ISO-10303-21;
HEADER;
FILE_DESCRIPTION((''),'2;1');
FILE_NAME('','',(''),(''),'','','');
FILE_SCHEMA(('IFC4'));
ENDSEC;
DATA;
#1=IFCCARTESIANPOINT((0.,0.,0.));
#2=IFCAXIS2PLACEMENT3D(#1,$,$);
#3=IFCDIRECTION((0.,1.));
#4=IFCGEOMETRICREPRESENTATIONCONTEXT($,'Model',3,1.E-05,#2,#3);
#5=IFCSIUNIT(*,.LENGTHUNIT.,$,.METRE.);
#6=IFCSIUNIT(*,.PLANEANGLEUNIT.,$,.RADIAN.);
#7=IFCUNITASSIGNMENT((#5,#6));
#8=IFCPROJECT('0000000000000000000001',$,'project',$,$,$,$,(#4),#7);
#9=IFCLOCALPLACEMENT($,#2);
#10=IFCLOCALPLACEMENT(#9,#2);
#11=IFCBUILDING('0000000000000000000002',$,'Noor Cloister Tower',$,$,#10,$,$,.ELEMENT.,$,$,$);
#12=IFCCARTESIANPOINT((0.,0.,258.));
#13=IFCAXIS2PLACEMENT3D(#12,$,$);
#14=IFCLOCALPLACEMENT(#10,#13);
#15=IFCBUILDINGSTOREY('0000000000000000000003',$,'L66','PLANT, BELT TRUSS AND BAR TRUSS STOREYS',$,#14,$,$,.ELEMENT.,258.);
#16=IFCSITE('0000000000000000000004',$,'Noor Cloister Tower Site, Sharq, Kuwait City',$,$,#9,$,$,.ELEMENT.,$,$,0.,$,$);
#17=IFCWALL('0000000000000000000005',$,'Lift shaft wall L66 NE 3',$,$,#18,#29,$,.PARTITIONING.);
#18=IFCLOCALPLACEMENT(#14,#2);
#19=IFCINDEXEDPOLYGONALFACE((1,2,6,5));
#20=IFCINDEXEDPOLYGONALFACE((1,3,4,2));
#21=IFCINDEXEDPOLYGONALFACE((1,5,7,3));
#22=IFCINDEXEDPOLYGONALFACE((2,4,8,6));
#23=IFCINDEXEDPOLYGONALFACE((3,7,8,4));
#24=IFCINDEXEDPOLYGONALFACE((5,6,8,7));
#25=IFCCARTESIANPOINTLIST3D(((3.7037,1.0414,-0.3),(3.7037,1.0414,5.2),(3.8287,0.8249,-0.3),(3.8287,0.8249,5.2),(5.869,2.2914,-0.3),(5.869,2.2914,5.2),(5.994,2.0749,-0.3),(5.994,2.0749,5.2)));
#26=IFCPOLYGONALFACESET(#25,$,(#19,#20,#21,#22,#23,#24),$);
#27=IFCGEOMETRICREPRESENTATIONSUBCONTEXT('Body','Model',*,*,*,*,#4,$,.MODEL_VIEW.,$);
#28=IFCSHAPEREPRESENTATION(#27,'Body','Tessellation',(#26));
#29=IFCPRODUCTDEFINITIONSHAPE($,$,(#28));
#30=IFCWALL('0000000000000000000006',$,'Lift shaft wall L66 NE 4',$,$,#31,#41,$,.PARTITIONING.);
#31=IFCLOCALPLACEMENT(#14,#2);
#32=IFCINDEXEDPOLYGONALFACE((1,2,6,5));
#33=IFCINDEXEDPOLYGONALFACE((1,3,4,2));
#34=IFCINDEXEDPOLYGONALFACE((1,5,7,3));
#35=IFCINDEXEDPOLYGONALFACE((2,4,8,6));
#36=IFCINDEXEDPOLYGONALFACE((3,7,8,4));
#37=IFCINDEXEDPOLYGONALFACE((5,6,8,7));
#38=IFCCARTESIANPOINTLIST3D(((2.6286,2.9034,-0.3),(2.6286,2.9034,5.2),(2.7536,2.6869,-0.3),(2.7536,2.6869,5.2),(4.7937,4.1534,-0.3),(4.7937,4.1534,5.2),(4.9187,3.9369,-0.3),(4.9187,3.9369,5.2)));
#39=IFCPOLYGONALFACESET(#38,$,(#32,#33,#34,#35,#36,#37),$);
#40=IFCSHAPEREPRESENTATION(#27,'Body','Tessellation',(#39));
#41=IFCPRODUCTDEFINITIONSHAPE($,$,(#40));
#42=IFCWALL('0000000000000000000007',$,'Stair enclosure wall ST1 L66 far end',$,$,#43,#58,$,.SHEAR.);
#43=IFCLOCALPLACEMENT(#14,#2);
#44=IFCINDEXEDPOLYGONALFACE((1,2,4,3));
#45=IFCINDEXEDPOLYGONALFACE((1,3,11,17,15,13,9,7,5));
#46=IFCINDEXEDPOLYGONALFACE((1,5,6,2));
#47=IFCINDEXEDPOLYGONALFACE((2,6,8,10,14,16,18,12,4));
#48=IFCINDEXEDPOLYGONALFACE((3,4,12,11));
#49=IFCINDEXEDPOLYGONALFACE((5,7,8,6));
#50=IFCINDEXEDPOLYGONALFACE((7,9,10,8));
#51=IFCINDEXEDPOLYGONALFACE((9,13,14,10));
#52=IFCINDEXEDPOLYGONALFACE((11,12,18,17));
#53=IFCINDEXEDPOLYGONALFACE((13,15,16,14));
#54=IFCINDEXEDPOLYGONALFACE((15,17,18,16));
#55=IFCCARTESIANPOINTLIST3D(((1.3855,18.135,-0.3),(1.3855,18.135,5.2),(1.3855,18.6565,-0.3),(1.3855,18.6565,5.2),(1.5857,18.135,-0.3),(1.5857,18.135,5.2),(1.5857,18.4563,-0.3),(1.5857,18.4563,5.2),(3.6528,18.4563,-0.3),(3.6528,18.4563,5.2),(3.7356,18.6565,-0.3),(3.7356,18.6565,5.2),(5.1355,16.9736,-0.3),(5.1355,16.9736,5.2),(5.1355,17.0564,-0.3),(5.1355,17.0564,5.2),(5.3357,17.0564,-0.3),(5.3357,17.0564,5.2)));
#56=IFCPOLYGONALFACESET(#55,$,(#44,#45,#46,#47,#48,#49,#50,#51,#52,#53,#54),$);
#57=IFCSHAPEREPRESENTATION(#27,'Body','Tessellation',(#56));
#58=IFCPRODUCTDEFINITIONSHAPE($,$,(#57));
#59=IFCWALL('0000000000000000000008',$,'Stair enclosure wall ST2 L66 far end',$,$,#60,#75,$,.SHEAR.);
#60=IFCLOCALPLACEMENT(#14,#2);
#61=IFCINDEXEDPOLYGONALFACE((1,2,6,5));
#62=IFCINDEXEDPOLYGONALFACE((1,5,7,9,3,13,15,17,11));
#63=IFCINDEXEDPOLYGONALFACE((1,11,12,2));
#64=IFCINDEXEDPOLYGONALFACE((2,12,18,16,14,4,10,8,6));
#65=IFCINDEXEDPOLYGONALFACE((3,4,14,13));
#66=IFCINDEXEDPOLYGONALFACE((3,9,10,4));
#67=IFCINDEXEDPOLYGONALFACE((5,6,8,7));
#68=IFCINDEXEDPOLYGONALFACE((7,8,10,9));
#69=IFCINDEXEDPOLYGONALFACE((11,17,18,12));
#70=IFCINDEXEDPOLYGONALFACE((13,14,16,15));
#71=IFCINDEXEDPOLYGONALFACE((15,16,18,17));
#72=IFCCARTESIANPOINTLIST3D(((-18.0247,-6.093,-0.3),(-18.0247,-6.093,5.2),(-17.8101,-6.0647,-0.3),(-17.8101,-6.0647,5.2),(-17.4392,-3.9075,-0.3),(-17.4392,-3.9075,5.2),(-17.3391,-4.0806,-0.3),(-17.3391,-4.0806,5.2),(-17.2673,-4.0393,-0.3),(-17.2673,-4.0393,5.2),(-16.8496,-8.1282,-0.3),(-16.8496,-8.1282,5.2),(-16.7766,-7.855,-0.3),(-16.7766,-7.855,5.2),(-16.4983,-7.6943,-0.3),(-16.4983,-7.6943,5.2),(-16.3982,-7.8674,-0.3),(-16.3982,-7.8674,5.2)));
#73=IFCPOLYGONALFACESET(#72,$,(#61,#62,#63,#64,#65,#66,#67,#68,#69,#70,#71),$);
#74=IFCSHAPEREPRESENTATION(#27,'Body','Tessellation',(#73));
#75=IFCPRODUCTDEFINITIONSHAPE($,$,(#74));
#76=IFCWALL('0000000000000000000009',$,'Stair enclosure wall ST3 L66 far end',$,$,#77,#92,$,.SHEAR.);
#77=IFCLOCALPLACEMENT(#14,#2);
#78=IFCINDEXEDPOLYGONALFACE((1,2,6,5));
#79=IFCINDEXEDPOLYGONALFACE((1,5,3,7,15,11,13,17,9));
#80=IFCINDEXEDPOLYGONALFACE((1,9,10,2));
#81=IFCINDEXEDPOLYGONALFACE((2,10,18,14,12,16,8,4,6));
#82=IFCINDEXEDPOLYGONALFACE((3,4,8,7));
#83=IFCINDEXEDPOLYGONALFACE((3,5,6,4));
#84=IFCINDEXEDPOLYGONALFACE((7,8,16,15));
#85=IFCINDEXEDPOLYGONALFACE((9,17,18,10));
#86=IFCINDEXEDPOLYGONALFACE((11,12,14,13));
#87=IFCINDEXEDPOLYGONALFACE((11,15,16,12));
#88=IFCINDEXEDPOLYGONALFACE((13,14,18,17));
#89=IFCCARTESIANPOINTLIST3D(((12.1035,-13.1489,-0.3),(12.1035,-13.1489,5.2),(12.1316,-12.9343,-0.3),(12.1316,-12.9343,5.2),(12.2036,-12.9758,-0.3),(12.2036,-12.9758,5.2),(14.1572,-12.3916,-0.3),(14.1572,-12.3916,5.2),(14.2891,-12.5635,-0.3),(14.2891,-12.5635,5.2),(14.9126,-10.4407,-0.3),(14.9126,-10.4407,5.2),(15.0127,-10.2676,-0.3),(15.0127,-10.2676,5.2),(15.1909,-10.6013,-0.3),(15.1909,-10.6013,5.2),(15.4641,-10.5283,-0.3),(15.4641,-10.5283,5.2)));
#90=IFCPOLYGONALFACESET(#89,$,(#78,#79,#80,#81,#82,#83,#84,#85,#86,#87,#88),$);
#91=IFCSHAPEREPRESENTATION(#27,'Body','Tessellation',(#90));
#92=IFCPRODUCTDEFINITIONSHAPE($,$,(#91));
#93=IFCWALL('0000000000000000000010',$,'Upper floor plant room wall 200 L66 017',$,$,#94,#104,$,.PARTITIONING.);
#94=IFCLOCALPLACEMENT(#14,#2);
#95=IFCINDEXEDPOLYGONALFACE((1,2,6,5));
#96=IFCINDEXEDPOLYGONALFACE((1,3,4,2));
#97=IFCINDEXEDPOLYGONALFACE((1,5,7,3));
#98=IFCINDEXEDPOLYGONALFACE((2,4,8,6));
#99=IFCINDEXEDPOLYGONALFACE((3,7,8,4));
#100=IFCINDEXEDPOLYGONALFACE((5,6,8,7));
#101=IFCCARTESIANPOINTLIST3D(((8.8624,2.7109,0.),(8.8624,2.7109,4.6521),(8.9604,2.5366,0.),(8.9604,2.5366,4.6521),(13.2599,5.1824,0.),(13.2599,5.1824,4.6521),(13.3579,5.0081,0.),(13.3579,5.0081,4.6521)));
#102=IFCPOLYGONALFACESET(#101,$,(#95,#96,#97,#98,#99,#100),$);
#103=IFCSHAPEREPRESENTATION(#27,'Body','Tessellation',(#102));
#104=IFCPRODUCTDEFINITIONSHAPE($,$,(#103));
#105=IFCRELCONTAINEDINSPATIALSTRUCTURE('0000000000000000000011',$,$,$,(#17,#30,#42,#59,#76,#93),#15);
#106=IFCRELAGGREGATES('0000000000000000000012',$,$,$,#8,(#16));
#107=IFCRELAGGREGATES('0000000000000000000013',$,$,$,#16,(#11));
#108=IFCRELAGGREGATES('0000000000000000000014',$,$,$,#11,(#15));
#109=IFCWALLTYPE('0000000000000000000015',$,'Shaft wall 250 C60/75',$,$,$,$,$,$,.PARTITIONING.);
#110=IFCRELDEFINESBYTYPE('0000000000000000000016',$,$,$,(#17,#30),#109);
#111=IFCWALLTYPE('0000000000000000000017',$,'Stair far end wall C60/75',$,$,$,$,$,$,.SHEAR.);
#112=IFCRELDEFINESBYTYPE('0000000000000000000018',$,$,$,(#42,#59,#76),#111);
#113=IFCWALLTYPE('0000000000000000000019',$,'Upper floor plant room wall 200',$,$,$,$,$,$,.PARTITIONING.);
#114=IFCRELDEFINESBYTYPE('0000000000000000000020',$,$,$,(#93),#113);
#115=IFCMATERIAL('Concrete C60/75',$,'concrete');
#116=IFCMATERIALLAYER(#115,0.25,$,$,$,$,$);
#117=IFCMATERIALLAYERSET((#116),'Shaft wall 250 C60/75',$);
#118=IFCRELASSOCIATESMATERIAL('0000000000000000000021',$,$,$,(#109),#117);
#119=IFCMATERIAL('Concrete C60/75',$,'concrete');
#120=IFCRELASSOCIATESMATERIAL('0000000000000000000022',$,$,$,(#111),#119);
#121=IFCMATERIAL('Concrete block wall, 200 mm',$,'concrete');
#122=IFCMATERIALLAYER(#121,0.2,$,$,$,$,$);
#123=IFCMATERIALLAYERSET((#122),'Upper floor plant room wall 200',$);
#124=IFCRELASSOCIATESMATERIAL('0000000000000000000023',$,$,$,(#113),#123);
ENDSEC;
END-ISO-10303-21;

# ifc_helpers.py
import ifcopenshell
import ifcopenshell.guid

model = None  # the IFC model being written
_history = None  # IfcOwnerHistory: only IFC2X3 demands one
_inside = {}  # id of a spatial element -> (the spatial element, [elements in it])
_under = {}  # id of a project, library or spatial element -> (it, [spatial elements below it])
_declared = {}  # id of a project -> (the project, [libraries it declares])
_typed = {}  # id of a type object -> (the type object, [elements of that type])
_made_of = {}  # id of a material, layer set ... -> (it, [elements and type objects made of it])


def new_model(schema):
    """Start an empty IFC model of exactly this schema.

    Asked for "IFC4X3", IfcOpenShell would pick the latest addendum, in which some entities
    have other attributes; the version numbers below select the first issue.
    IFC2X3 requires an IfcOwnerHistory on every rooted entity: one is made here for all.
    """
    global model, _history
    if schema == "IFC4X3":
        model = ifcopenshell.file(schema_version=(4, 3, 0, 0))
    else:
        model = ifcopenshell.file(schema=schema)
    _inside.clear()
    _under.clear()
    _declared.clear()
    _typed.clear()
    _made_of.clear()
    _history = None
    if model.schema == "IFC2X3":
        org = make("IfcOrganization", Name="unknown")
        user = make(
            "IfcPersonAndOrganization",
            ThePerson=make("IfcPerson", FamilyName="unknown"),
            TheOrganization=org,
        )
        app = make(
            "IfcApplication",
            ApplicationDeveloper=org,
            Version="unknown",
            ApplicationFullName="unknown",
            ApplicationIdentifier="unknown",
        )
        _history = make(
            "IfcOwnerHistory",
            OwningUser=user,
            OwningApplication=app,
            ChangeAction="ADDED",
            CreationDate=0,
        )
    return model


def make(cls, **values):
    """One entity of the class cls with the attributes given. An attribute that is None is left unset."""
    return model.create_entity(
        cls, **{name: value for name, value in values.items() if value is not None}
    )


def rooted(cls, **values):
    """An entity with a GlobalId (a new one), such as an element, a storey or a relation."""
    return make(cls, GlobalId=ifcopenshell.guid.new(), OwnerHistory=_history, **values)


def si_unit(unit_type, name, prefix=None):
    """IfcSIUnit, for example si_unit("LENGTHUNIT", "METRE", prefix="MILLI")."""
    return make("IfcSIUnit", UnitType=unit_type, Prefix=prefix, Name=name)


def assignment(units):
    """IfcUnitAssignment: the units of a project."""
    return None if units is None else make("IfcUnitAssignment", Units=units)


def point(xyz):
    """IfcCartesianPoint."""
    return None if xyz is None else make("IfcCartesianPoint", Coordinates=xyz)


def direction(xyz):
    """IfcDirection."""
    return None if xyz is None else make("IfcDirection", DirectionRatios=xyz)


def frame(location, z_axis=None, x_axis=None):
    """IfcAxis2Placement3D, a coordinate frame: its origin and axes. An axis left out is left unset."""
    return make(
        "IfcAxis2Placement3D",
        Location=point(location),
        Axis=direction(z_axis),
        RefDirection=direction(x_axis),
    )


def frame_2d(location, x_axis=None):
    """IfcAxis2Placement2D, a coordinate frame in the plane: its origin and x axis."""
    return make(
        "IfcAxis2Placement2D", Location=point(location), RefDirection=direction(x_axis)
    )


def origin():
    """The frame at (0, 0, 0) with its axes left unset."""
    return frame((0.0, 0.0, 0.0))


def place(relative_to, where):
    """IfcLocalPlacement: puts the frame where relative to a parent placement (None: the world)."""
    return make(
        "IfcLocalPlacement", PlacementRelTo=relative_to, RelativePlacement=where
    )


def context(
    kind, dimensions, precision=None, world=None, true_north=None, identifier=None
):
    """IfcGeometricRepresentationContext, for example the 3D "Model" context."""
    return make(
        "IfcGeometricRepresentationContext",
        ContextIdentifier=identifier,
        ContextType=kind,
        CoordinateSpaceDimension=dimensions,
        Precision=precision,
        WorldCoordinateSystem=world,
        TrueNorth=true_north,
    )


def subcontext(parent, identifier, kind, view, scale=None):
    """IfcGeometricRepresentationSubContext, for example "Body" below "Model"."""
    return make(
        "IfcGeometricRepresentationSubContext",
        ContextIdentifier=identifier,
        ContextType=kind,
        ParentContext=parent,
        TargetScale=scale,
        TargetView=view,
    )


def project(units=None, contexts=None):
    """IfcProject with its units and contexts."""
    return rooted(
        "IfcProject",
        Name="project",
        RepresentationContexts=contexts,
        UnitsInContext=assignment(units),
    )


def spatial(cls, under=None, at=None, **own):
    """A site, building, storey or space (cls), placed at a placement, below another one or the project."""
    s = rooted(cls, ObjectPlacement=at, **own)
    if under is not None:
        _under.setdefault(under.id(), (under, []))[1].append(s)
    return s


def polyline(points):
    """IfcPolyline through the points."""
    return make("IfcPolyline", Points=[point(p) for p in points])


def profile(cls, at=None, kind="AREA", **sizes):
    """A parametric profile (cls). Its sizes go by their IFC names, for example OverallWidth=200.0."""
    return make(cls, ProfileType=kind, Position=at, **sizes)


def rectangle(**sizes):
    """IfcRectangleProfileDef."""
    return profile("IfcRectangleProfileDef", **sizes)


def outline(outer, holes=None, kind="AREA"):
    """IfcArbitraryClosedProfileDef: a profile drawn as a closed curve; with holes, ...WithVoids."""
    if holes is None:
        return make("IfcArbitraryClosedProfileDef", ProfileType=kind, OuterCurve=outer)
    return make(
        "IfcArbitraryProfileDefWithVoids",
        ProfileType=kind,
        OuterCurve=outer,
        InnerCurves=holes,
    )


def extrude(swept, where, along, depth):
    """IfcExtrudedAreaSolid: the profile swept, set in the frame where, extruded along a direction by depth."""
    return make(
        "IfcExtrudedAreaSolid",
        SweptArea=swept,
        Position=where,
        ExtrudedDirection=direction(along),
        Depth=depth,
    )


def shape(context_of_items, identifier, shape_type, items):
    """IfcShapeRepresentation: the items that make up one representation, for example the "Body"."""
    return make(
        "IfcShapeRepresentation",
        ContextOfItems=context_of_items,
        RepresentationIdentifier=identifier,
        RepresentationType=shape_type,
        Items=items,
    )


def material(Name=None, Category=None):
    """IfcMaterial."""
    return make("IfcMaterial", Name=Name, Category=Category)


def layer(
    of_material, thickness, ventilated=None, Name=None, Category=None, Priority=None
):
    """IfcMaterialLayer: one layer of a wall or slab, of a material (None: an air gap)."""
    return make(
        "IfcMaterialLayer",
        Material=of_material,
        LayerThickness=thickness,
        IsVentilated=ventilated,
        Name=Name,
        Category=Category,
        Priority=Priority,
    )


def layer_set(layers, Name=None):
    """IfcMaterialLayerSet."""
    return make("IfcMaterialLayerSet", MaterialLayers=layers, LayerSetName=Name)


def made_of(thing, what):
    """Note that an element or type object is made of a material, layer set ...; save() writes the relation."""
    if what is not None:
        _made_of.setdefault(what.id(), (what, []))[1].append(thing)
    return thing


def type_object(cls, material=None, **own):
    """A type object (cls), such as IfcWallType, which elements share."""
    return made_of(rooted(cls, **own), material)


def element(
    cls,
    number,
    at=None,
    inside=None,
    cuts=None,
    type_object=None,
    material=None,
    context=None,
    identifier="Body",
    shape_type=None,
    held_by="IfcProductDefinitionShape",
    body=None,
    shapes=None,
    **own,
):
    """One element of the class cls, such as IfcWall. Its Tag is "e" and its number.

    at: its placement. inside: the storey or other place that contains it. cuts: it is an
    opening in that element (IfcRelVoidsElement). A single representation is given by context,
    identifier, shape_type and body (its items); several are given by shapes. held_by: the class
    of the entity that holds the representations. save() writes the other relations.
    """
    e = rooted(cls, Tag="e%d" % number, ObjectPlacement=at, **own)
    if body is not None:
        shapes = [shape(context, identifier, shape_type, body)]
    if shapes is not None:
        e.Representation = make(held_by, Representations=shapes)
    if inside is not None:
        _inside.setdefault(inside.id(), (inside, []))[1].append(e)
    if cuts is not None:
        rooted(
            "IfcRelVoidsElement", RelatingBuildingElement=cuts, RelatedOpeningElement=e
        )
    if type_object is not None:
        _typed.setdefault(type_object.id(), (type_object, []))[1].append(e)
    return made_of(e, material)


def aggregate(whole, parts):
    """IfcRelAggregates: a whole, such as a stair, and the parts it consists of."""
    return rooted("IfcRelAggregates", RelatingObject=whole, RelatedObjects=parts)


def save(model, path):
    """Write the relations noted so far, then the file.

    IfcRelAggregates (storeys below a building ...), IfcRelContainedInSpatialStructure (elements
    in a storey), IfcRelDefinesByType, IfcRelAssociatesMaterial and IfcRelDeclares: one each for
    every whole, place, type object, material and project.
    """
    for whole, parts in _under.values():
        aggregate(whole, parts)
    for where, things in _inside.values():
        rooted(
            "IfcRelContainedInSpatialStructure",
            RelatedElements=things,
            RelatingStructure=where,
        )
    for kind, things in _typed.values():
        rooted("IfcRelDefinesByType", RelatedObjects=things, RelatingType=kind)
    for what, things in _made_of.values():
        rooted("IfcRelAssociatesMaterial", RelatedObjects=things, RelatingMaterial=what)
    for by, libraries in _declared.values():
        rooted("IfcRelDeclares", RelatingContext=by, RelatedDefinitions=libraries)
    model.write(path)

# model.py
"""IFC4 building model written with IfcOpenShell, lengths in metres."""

from ifc_helpers import new_model, si_unit, direction, frame, frame_2d, origin, place, context, subcontext, project, spatial, polyline, rectangle, outline, extrude, material, layer, layer_set, type_object, element, save


model = new_model("IFC4")

# Units and contexts
model_context = context("Model", 3, precision=1e-05, world=origin(), true_north=direction((0.0, 1.0)))
body_context = subcontext(model_context, "Body", "Model", "MODEL_VIEW")
ifc_project = project(units=[si_unit("LENGTHUNIT", "METRE"), si_unit("PLANEANGLEUNIT", "RADIAN")], contexts=[model_context])

# Site, building, storey
site_placement = place(None, origin())
site = spatial("IfcSite", under=ifc_project, at=site_placement, Name="Noor Cloister Tower Site, Sharq, Kuwait City", CompositionType="ELEMENT", RefElevation=0.0)
building_placement = place(site_placement, origin())
building = spatial("IfcBuilding", under=site, at=building_placement, Name="Noor Cloister Tower", CompositionType="ELEMENT")
storey_placement = place(building_placement, frame((0.0, 0.0, 258.0)))
storey = spatial("IfcBuildingStorey", under=building, at=storey_placement, Name="L66", Description="PLANT, BELT TRUSS AND BAR TRUSS STOREYS", CompositionType="ELEMENT", Elevation=258.0)

# Walls
ifc_material_1 = material(Name="Concrete C60/75", Category="concrete")
ifc_layer_1 = layer(ifc_material_1, 0.25)
ifc_layer_set_1 = layer_set([ifc_layer_1], Name="Shaft wall 250 C60/75")
wall_type_1 = type_object("IfcWallType", Name="Shaft wall 250 C60/75", PredefinedType="PARTITIONING", material=ifc_layer_set_1)
wall_1_placement = place(storey_placement, frame((5.9314, 2.1831, -0.3), z_axis=(0.0, 0.0, 1.0), x_axis=(-0.866047, -0.499962, 0.0)))
element("IfcWall", 1, at=wall_1_placement, inside=storey, type_object=wall_type_1, Name="Lift shaft wall L66 NE 3", PredefinedType="PARTITIONING", context=body_context, shape_type="SweptSolid", body=[
    extrude(rectangle(XDim=2.5002, YDim=0.25, at=frame_2d((1.25, 0.0))), origin(), (0.0, 0.0, 1.0), 5.5),
])
wall_2_placement = place(storey_placement, frame((4.8562, 4.0452, -0.3), z_axis=(0.0, 0.0, 1.0), x_axis=(-0.866023, -0.500004, 0.0)))
element("IfcWall", 2, at=wall_2_placement, inside=storey, type_object=wall_type_1, Name="Lift shaft wall L66 NE 4", PredefinedType="PARTITIONING", context=body_context, shape_type="SweptSolid", body=[
    extrude(rectangle(XDim=2.5, YDim=0.25, at=frame_2d((1.25, 0.0))), origin(), (0.0, 0.0, 1.0), 5.5),
])
ifc_material_2 = material(Name="Concrete C60/75", Category="concrete")
wall_type_2 = type_object("IfcWallType", Name="Stair far end wall C60/75", PredefinedType="SHEAR", material=ifc_material_2)
wall_3_placement = place(storey_placement, frame((0.0, 0.0, -0.3)))
element("IfcWall", 3, at=wall_3_placement, inside=storey, type_object=wall_type_2, Name="Stair enclosure wall ST1 L66 far end", PredefinedType="SHEAR", context=body_context, shape_type="SweptSolid", body=[
    extrude(outline(polyline([(5.3357, 17.0564), (3.7356, 18.6565), (1.3855, 18.6565), (1.3855, 18.135), (1.5857, 18.135), (1.5857, 18.4563), (3.6528, 18.4563), (5.1355, 16.9736), (5.1355, 17.0564), (5.1355, 17.0564), (5.1355, 17.0564), (5.1355, 17.0564), (5.1355, 17.0564), (5.1355, 17.0564), (5.1355, 17.0564), (5.1355, 17.0564), (5.1355, 17.0564), (5.1355, 17.0564), (5.1355, 17.0564), (5.1355, 17.0564), (5.1355, 17.0564), (5.1355, 17.0564), (5.1355, 17.0564), (5.1355, 17.0564), (5.1355, 17.0564), (5.3357, 17.0564)])), origin(), (0.0, 0.0, 1.0), 5.5),
])
wall_4_placement = place(storey_placement, frame((0.0, 0.0, -0.3)))
element("IfcWall", 4, at=wall_4_placement, inside=storey, type_object=wall_type_2, Name="Stair enclosure wall ST2 L66 far end", PredefinedType="SHEAR", context=body_context, shape_type="SweptSolid", body=[
    extrude(outline(polyline([(-17.4392, -3.9075), (-18.0247, -6.093), (-16.8496, -8.1282), (-16.3982, -7.8674), (-16.4983, -7.6943), (-16.4983, -7.6943), (-16.7766, -7.855), (-17.8101, -6.0647), (-17.2673, -4.0393), (-17.3391, -4.0806), (-17.3391, -4.0806), (-17.3391, -4.0806), (-17.3391, -4.0806), (-17.3391, -4.0806), (-17.3391, -4.0806), (-17.3391, -4.0806), (-17.3391, -4.0806), (-17.3391, -4.0806), (-17.3391, -4.0806), (-17.3391, -4.0806), (-17.3391, -4.0806), (-17.3391, -4.0806), (-17.3391, -4.0806), (-17.3391, -4.0806), (-17.3391, -4.0806), (-17.3391, -4.0806), (-17.4392, -3.9075)])), origin(), (0.0, 0.0, 1.0), 5.5),
])
wall_5_placement = place(storey_placement, frame((0.0, 0.0, -0.3)))
element("IfcWall", 5, at=wall_5_placement, inside=storey, type_object=wall_type_2, Name="Stair enclosure wall ST3 L66 far end", PredefinedType="SHEAR", context=body_context, shape_type="SweptSolid", body=[
    extrude(outline(polyline([(12.1035, -13.1489), (14.2891, -12.5635), (15.4641, -10.5283), (15.0127, -10.2676), (14.9126, -10.4407), (15.1909, -10.6013), (14.1572, -12.3916), (12.1316, -12.9343), (12.2036, -12.9758), (12.2036, -12.9758), (12.2036, -12.9758), (12.2036, -12.9758), (12.2036, -12.9758), (12.2036, -12.9758), (12.2036, -12.9758), (12.2036, -12.9758), (12.2036, -12.9758), (12.2036, -12.9758), (12.2036, -12.9758), (12.2036, -12.9758), (12.2036, -12.9758), (12.2036, -12.9758), (12.2036, -12.9758), (12.2036, -12.9758), (12.2036, -12.9758), (12.1035, -13.1489)])), origin(), (0.0, 0.0, 1.0), 5.5),
])
ifc_material_3 = material(Name="Concrete block wall, 200 mm", Category="concrete")
ifc_layer_2 = layer(ifc_material_3, 0.2)
ifc_layer_set_2 = layer_set([ifc_layer_2], Name="Upper floor plant room wall 200")
wall_type_3 = type_object("IfcWallType", Name="Upper floor plant room wall 200", PredefinedType="PARTITIONING", material=ifc_layer_set_2)
wall_6_placement = place(storey_placement, frame((8.9114, 2.6238, 0.0), z_axis=(0.0, 0.0, 1.0), x_axis=(0.871756, 0.48994, 0.0)))
element("IfcWall", 6, at=wall_6_placement, inside=storey, type_object=wall_type_3, Name="Upper floor plant room wall 200 L66 017", PredefinedType="PARTITIONING", context=body_context, shape_type="SweptSolid", body=[
    extrude(rectangle(XDim=5.0444, YDim=0.2, at=frame_2d((2.5222, 0.0))), origin(), (0.0, 0.0, 1.0), 4.6521),
])

save(model, "model.ifc")
